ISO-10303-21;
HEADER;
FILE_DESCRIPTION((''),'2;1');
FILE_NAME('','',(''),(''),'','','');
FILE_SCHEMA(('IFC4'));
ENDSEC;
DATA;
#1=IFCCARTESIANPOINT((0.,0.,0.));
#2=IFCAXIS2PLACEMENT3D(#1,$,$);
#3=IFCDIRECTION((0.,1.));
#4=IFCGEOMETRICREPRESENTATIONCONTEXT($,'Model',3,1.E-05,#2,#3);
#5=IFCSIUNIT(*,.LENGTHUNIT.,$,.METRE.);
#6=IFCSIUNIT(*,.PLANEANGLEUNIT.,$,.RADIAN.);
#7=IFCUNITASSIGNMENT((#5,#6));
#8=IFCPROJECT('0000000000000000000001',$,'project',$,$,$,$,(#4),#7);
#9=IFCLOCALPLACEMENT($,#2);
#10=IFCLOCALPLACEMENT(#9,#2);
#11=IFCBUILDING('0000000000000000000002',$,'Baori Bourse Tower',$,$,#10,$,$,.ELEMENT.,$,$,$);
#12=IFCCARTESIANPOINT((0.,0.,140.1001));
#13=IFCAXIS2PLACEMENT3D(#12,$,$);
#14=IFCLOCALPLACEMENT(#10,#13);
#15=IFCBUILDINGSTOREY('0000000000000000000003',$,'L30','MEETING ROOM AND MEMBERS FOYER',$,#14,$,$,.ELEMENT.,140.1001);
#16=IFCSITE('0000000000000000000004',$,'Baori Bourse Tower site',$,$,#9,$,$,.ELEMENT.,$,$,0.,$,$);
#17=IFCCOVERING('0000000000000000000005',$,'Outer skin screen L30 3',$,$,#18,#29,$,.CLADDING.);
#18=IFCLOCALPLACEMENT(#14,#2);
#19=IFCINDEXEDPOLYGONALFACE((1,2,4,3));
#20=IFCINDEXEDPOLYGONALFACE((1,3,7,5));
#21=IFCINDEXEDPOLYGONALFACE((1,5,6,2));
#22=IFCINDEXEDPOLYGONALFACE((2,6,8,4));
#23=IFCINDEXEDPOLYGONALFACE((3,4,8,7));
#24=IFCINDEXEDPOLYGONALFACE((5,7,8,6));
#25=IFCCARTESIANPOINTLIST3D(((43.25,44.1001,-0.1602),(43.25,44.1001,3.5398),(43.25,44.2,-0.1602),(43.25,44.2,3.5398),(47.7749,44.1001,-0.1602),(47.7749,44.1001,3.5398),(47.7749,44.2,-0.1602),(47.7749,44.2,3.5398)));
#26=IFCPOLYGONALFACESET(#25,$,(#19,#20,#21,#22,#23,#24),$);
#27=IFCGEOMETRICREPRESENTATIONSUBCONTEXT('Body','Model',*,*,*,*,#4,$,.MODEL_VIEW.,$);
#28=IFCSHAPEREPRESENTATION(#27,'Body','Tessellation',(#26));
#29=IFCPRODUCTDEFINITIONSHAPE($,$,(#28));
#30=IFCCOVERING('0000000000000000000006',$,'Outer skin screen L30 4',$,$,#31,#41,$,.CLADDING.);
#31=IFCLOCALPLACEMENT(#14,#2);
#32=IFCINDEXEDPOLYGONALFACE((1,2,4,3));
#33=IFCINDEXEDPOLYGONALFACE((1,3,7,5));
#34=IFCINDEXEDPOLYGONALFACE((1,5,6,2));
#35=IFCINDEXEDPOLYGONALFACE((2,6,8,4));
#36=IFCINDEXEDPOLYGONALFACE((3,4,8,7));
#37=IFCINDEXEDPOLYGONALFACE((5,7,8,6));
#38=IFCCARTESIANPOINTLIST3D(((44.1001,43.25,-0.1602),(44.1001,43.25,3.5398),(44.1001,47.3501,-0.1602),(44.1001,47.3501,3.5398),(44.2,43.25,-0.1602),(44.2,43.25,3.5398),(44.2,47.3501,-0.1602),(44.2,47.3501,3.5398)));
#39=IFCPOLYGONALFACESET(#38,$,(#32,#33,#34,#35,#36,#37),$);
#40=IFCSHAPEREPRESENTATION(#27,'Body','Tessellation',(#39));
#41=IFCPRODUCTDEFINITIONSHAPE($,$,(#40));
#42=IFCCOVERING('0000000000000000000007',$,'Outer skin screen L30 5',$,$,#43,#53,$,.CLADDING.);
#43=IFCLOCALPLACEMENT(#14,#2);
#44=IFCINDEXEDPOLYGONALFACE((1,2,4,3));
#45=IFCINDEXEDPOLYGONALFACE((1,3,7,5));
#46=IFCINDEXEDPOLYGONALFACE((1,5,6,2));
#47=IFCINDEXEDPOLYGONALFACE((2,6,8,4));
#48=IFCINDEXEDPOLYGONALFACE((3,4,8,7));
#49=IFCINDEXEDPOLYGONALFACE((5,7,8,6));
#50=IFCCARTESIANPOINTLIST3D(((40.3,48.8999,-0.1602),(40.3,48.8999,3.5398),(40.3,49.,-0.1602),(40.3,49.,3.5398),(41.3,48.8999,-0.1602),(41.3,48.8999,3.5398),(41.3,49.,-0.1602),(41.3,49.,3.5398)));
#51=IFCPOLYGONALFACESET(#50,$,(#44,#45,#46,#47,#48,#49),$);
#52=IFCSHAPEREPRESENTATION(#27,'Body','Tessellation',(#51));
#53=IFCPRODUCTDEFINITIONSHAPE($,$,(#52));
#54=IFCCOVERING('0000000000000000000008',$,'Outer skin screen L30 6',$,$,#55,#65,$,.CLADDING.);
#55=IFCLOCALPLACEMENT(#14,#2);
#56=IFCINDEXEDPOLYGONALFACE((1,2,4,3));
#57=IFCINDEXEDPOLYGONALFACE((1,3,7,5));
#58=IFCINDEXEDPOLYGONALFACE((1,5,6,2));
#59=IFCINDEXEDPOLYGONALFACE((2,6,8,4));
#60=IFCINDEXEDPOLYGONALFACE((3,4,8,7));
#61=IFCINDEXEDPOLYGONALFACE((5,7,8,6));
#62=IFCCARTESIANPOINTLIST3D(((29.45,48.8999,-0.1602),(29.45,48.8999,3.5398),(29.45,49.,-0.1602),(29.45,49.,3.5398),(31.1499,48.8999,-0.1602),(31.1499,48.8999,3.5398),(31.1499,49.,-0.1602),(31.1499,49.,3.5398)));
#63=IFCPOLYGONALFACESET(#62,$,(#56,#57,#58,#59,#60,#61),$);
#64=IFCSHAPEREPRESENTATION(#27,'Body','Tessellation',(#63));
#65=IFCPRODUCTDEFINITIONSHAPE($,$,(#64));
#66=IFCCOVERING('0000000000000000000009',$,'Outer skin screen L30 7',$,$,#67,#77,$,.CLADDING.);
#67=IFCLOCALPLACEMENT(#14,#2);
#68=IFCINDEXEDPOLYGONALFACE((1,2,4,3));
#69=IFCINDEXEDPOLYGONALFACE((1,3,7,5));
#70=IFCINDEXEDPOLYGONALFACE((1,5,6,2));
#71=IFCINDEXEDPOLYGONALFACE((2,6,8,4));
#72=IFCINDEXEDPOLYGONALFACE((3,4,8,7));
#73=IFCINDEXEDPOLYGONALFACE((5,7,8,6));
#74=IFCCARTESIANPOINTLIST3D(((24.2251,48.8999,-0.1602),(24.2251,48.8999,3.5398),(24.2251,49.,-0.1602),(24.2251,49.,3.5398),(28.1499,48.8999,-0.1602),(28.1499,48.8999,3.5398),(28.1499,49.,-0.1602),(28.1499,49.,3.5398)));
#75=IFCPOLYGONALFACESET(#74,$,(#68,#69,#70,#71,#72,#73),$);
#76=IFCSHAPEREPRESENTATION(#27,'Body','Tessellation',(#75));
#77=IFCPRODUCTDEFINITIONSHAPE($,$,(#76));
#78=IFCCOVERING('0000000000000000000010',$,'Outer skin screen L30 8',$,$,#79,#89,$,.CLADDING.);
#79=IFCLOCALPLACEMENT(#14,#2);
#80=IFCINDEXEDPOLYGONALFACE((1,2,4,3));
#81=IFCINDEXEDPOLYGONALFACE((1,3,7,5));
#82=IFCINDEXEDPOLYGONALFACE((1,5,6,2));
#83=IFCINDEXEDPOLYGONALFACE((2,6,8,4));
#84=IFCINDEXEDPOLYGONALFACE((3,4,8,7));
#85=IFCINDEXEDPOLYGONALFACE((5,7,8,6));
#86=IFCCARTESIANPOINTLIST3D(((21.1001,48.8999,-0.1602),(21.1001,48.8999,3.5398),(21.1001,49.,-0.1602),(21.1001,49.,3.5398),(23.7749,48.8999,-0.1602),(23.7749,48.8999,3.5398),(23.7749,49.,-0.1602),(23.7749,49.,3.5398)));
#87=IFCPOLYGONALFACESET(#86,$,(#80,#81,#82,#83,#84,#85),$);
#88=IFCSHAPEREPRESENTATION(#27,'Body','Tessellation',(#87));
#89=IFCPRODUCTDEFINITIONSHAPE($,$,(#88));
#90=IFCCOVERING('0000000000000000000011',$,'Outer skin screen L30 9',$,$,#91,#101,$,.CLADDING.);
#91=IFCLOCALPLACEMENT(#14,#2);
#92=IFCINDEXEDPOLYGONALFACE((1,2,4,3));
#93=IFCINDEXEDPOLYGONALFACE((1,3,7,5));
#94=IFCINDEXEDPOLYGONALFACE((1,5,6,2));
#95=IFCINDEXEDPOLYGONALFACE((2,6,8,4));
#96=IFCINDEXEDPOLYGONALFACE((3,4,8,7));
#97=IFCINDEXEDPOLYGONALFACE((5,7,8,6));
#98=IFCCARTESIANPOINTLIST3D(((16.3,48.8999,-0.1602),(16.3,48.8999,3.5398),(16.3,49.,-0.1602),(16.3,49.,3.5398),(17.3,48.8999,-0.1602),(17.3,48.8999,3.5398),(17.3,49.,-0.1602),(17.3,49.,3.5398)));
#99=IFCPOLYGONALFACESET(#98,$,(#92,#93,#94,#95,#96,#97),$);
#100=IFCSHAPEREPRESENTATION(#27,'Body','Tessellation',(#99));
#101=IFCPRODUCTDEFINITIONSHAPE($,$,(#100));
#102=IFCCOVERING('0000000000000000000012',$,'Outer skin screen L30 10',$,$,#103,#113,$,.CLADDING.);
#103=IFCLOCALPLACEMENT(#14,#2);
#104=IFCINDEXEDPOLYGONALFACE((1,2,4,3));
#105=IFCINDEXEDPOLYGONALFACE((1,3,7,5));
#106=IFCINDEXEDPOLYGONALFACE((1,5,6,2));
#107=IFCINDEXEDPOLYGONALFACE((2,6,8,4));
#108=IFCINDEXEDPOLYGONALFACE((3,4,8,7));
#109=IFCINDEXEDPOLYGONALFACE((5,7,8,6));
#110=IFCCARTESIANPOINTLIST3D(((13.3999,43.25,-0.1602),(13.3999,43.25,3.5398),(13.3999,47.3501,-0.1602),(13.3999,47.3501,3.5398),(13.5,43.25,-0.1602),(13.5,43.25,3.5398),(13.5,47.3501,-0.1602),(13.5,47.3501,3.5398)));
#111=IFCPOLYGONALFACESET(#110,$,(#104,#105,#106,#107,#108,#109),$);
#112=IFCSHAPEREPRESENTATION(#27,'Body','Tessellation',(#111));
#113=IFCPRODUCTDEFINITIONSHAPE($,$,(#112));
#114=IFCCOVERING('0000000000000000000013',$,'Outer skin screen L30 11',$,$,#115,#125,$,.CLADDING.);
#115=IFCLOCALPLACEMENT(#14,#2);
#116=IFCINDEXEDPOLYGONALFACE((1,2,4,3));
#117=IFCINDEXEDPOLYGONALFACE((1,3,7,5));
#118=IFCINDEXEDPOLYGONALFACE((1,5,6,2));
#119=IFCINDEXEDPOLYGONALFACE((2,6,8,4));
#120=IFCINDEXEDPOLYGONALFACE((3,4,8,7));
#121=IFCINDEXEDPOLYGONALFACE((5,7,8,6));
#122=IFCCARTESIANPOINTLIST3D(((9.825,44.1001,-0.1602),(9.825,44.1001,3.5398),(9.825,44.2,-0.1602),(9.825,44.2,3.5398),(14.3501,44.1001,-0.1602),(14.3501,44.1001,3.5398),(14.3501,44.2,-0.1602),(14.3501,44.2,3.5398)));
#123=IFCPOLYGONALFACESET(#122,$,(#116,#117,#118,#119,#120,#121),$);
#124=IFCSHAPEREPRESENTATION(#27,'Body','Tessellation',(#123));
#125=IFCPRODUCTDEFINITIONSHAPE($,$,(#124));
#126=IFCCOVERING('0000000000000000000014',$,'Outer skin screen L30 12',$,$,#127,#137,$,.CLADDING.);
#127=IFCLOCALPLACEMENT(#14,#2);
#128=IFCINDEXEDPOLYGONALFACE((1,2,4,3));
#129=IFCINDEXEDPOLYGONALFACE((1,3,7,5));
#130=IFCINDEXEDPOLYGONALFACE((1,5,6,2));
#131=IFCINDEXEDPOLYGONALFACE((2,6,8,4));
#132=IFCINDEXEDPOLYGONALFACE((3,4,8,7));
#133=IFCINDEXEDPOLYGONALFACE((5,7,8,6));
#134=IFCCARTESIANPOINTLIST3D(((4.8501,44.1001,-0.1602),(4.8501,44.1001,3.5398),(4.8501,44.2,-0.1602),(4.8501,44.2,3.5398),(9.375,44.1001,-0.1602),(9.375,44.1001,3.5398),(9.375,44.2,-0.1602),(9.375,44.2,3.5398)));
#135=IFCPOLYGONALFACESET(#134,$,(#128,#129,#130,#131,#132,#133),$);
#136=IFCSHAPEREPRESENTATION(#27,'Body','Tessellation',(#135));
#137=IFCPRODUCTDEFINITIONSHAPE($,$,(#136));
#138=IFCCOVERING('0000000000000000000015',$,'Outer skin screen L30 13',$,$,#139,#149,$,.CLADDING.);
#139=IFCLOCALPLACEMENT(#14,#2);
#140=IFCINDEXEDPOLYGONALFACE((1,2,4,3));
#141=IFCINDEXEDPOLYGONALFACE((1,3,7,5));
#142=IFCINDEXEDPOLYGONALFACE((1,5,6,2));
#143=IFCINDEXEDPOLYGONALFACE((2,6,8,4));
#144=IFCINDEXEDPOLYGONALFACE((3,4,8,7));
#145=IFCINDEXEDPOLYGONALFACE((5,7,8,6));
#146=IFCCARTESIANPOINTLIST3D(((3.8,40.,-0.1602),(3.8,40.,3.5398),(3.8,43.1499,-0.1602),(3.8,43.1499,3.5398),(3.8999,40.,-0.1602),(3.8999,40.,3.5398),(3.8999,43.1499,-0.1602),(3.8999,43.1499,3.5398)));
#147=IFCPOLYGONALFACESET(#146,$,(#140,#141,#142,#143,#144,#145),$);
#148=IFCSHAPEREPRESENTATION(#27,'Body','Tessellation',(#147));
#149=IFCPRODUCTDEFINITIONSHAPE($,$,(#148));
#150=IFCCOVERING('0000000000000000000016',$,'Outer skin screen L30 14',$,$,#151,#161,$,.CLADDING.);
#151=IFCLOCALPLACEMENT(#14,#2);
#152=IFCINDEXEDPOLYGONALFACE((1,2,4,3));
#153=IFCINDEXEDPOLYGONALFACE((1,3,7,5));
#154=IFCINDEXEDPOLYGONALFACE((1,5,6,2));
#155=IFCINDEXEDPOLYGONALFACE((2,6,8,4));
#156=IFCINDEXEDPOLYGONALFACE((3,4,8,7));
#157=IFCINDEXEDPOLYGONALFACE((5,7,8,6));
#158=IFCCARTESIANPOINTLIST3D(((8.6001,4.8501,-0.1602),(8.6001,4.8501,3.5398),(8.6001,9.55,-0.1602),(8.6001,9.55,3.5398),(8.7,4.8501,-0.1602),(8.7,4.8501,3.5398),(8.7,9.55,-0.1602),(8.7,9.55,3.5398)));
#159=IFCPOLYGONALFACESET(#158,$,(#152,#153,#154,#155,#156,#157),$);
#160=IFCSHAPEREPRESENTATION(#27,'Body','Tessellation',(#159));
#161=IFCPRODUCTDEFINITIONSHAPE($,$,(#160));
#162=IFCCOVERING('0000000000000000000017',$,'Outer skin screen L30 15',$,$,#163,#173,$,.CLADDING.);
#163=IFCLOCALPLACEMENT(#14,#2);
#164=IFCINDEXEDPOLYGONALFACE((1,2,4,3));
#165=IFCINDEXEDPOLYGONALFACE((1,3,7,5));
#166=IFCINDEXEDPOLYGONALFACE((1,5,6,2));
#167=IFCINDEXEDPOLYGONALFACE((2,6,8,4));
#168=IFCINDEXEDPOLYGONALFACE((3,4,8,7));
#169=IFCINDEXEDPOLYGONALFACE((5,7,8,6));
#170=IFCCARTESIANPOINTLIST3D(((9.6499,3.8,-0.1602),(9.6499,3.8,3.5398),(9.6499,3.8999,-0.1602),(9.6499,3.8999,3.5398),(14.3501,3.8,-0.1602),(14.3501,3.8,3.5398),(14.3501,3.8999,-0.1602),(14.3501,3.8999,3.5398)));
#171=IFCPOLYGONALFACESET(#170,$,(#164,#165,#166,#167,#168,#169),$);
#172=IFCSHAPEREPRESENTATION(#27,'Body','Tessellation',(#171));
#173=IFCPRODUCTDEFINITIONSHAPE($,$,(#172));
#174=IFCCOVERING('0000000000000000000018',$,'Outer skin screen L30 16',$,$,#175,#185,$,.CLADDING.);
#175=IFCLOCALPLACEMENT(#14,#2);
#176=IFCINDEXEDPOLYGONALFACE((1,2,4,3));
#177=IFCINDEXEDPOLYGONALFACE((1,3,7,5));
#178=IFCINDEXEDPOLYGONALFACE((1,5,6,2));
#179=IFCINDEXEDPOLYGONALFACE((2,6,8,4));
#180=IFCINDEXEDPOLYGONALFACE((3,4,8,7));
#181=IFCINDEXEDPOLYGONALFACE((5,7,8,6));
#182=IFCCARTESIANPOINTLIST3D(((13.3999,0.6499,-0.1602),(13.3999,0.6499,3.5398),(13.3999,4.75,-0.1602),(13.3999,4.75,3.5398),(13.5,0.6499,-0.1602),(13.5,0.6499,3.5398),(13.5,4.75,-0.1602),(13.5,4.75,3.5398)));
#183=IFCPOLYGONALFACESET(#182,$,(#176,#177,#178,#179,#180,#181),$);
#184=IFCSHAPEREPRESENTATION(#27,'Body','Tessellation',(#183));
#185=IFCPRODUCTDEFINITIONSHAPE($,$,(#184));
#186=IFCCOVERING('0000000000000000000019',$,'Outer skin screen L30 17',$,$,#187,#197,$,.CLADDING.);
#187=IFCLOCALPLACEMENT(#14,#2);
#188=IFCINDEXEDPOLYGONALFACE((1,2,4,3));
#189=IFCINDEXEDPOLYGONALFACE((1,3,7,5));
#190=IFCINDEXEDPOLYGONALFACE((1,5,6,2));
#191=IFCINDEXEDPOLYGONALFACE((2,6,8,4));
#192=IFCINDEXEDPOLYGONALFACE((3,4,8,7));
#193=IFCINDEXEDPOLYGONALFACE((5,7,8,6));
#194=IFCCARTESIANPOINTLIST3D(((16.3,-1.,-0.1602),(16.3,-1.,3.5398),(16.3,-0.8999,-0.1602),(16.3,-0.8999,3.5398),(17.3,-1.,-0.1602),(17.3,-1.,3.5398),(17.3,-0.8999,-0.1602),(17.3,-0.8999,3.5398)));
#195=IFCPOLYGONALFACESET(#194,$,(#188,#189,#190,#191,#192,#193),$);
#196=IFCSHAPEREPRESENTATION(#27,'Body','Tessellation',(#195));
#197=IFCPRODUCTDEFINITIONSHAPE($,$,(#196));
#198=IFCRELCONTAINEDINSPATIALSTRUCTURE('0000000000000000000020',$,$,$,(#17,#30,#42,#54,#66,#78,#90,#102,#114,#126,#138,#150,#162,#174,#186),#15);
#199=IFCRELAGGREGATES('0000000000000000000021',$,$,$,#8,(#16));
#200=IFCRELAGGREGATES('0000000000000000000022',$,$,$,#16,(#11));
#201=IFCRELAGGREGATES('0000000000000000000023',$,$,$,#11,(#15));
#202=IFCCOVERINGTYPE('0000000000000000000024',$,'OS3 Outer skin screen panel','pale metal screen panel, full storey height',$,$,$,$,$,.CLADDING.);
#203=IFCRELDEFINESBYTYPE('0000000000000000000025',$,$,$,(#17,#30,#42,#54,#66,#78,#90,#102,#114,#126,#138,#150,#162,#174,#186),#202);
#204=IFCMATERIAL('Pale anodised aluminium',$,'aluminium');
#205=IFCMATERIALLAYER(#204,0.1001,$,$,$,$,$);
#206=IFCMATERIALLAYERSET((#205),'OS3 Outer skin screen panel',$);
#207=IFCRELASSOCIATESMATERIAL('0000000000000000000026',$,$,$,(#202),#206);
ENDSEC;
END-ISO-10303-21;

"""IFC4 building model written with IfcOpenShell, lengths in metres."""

from ifc_helpers import new_model, si_unit, direction, frame, origin, place, context, subcontext, project, spatial, polyline, outline, extrude, material, layer, layer_set, type_object, element, save


model = new_model("IFC4")

# Units and contexts
model_context = context("Model", 3, precision=1e-05, world=origin(), true_north=direction((0.0, 1.0)))
body_context = subcontext(model_context, "Body", "Model", "MODEL_VIEW")
ifc_project = project(units=[si_unit("LENGTHUNIT", "METRE"), si_unit("PLANEANGLEUNIT", "RADIAN")], contexts=[model_context])

# Site, building, storey
site_placement = place(None, origin())
site = spatial("IfcSite", under=ifc_project, at=site_placement, Name="Baori Bourse Tower site", CompositionType="ELEMENT", RefElevation=0.0)
building_placement = place(site_placement, origin())
building = spatial("IfcBuilding", under=site, at=building_placement, Name="Baori Bourse Tower", CompositionType="ELEMENT")
storey_placement = place(building_placement, frame((0.0, 0.0, 140.1001)))
storey = spatial("IfcBuildingStorey", under=building, at=storey_placement, Name="L30", Description="MEETING ROOM AND MEMBERS FOYER", CompositionType="ELEMENT", Elevation=140.1001)

# Coverings
ifc_material_1 = material(Name="Pale anodised aluminium", Category="aluminium")
ifc_layer_1 = layer(ifc_material_1, 0.1001)
ifc_layer_set_1 = layer_set([ifc_layer_1], Name="OS3 Outer skin screen panel")
covering_type = type_object("IfcCoveringType", Name="OS3 Outer skin screen panel", Description="pale metal screen panel, full storey height", PredefinedType="CLADDING", material=ifc_layer_set_1)
covering_1_placement = place(storey_placement, frame((0.0, 0.0, -0.1602)))
element("IfcCovering", 1, at=covering_1_placement, inside=storey, type_object=covering_type, Name="Outer skin screen L30 3", PredefinedType="CLADDING", context=body_context, shape_type="SweptSolid", body=[
    extrude(outline(polyline([(43.25, 44.1001), (47.7749, 44.1001), (47.7749, 44.2), (43.25, 44.2), (43.25, 44.1001)])), origin(), (0.0, 0.0, 1.0), 3.7),
])
covering_2_placement = place(storey_placement, frame((0.0, 0.0, -0.1602)))
element("IfcCovering", 2, at=covering_2_placement, inside=storey, type_object=covering_type, Name="Outer skin screen L30 4", PredefinedType="CLADDING", context=body_context, shape_type="SweptSolid", body=[
    extrude(outline(polyline([(44.1001, 47.3501), (44.1001, 43.25), (44.2, 43.25), (44.2, 47.3501), (44.1001, 47.3501)])), origin(), (0.0, 0.0, 1.0), 3.7),
])
covering_3_placement = place(storey_placement, frame((0.0, 0.0, -0.1602)))
element("IfcCovering", 3, at=covering_3_placement, inside=storey, type_object=covering_type, Name="Outer skin screen L30 5", PredefinedType="CLADDING", context=body_context, shape_type="SweptSolid", body=[
    extrude(outline(polyline([(40.3, 48.8999), (41.3, 48.8999), (41.3, 49.0), (40.3, 49.0), (40.3, 48.8999)])), origin(), (0.0, 0.0, 1.0), 3.7),
])
covering_4_placement = place(storey_placement, frame((0.0, 0.0, -0.1602)))
element("IfcCovering", 4, at=covering_4_placement, inside=storey, type_object=covering_type, Name="Outer skin screen L30 6", PredefinedType="CLADDING", context=body_context, shape_type="SweptSolid", body=[
    extrude(outline(polyline([(29.45, 48.8999), (31.1499, 48.8999), (31.1499, 49.0), (29.45, 49.0), (29.45, 48.8999)])), origin(), (0.0, 0.0, 1.0), 3.7),
])
covering_5_placement = place(storey_placement, frame((0.0, 0.0, -0.1602)))
element("IfcCovering", 5, at=covering_5_placement, inside=storey, type_object=covering_type, Name="Outer skin screen L30 7", PredefinedType="CLADDING", context=body_context, shape_type="SweptSolid", body=[
    extrude(outline(polyline([(24.2251, 48.8999), (28.1499, 48.8999), (28.1499, 49.0), (24.2251, 49.0), (24.2251, 48.8999)])), origin(), (0.0, 0.0, 1.0), 3.7),
])
covering_6_placement = place(storey_placement, frame((0.0, 0.0, -0.1602)))
element("IfcCovering", 6, at=covering_6_placement, inside=storey, type_object=covering_type, Name="Outer skin screen L30 8", PredefinedType="CLADDING", context=body_context, shape_type="SweptSolid", body=[
    extrude(outline(polyline([(21.1001, 48.8999), (23.7749, 48.8999), (23.7749, 49.0), (21.1001, 49.0), (21.1001, 48.8999)])), origin(), (0.0, 0.0, 1.0), 3.7),
])
covering_7_placement = place(storey_placement, frame((0.0, 0.0, -0.1602)))
element("IfcCovering", 7, at=covering_7_placement, inside=storey, type_object=covering_type, Name="Outer skin screen L30 9", PredefinedType="CLADDING", context=body_context, shape_type="SweptSolid", body=[
    extrude(outline(polyline([(16.3, 48.8999), (17.3, 48.8999), (17.3, 49.0), (16.3, 49.0), (16.3, 48.8999)])), origin(), (0.0, 0.0, 1.0), 3.7),
])
covering_8_placement = place(storey_placement, frame((0.0, 0.0, -0.1602)))
element("IfcCovering", 8, at=covering_8_placement, inside=storey, type_object=covering_type, Name="Outer skin screen L30 10", PredefinedType="CLADDING", context=body_context, shape_type="SweptSolid", body=[
    extrude(outline(polyline([(13.5, 43.25), (13.5, 47.3501), (13.3999, 47.3501), (13.3999, 43.25), (13.5, 43.25)])), origin(), (0.0, 0.0, 1.0), 3.7),
])
covering_9_placement = place(storey_placement, frame((0.0, 0.0, -0.1602)))
element("IfcCovering", 9, at=covering_9_placement, inside=storey, type_object=covering_type, Name="Outer skin screen L30 11", PredefinedType="CLADDING", context=body_context, shape_type="SweptSolid", body=[
    extrude(outline(polyline([(9.825, 44.1001), (14.3501, 44.1001), (14.3501, 44.2), (9.825, 44.2), (9.825, 44.1001)])), origin(), (0.0, 0.0, 1.0), 3.7),
])
covering_10_placement = place(storey_placement, frame((0.0, 0.0, -0.1602)))
element("IfcCovering", 10, at=covering_10_placement, inside=storey, type_object=covering_type, Name="Outer skin screen L30 12", PredefinedType="CLADDING", context=body_context, shape_type="SweptSolid", body=[
    extrude(outline(polyline([(4.8501, 44.1001), (9.375, 44.1001), (9.375, 44.2), (4.8501, 44.2), (4.8501, 44.1001)])), origin(), (0.0, 0.0, 1.0), 3.7),
])
covering_11_placement = place(storey_placement, frame((0.0, 0.0, -0.1602)))
element("IfcCovering", 11, at=covering_11_placement, inside=storey, type_object=covering_type, Name="Outer skin screen L30 13", PredefinedType="CLADDING", context=body_context, shape_type="SweptSolid", body=[
    extrude(outline(polyline([(3.8999, 40.0), (3.8999, 43.1499), (3.8, 43.1499), (3.8, 40.0), (3.8999, 40.0), (3.8999, 40.0)])), origin(), (0.0, 0.0, 1.0), 3.7),
])
covering_12_placement = place(storey_placement, frame((0.0, 0.0, -0.1602)))
element("IfcCovering", 12, at=covering_12_placement, inside=storey, type_object=covering_type, Name="Outer skin screen L30 14", PredefinedType="CLADDING", context=body_context, shape_type="SweptSolid", body=[
    extrude(outline(polyline([(8.7, 4.8501), (8.7, 9.55), (8.6001, 9.55), (8.6001, 4.8501), (8.7, 4.8501)])), origin(), (0.0, 0.0, 1.0), 3.7),
])
covering_13_placement = place(storey_placement, frame((0.0, 0.0, -0.1602)))
element("IfcCovering", 13, at=covering_13_placement, inside=storey, type_object=covering_type, Name="Outer skin screen L30 15", PredefinedType="CLADDING", context=body_context, shape_type="SweptSolid", body=[
    extrude(outline(polyline([(14.3501, 3.8999), (9.6499, 3.8999), (9.6499, 3.8), (14.3501, 3.8), (14.3501, 3.8999)])), origin(), (0.0, 0.0, 1.0), 3.7),
])
covering_14_placement = place(storey_placement, frame((0.0, 0.0, -0.1602)))
element("IfcCovering", 14, at=covering_14_placement, inside=storey, type_object=covering_type, Name="Outer skin screen L30 16", PredefinedType="CLADDING", context=body_context, shape_type="SweptSolid", body=[
    extrude(outline(polyline([(13.5, 0.6499), (13.5, 4.75), (13.3999, 4.75), (13.3999, 0.6499), (13.5, 0.6499)])), origin(), (0.0, 0.0, 1.0), 3.7),
])
covering_15_placement = place(storey_placement, frame((0.0, 0.0, -0.1602)))
element("IfcCovering", 15, at=covering_15_placement, inside=storey, type_object=covering_type, Name="Outer skin screen L30 17", PredefinedType="CLADDING", context=body_context, shape_type="SweptSolid", body=[
    extrude(outline(polyline([(17.3, -0.8999), (16.3, -0.8999), (16.3, -1.0), (17.3, -1.0), (17.3, -0.8999)])), origin(), (0.0, 0.0, 1.0), 3.7),
])

save(model, "model.ifc")
